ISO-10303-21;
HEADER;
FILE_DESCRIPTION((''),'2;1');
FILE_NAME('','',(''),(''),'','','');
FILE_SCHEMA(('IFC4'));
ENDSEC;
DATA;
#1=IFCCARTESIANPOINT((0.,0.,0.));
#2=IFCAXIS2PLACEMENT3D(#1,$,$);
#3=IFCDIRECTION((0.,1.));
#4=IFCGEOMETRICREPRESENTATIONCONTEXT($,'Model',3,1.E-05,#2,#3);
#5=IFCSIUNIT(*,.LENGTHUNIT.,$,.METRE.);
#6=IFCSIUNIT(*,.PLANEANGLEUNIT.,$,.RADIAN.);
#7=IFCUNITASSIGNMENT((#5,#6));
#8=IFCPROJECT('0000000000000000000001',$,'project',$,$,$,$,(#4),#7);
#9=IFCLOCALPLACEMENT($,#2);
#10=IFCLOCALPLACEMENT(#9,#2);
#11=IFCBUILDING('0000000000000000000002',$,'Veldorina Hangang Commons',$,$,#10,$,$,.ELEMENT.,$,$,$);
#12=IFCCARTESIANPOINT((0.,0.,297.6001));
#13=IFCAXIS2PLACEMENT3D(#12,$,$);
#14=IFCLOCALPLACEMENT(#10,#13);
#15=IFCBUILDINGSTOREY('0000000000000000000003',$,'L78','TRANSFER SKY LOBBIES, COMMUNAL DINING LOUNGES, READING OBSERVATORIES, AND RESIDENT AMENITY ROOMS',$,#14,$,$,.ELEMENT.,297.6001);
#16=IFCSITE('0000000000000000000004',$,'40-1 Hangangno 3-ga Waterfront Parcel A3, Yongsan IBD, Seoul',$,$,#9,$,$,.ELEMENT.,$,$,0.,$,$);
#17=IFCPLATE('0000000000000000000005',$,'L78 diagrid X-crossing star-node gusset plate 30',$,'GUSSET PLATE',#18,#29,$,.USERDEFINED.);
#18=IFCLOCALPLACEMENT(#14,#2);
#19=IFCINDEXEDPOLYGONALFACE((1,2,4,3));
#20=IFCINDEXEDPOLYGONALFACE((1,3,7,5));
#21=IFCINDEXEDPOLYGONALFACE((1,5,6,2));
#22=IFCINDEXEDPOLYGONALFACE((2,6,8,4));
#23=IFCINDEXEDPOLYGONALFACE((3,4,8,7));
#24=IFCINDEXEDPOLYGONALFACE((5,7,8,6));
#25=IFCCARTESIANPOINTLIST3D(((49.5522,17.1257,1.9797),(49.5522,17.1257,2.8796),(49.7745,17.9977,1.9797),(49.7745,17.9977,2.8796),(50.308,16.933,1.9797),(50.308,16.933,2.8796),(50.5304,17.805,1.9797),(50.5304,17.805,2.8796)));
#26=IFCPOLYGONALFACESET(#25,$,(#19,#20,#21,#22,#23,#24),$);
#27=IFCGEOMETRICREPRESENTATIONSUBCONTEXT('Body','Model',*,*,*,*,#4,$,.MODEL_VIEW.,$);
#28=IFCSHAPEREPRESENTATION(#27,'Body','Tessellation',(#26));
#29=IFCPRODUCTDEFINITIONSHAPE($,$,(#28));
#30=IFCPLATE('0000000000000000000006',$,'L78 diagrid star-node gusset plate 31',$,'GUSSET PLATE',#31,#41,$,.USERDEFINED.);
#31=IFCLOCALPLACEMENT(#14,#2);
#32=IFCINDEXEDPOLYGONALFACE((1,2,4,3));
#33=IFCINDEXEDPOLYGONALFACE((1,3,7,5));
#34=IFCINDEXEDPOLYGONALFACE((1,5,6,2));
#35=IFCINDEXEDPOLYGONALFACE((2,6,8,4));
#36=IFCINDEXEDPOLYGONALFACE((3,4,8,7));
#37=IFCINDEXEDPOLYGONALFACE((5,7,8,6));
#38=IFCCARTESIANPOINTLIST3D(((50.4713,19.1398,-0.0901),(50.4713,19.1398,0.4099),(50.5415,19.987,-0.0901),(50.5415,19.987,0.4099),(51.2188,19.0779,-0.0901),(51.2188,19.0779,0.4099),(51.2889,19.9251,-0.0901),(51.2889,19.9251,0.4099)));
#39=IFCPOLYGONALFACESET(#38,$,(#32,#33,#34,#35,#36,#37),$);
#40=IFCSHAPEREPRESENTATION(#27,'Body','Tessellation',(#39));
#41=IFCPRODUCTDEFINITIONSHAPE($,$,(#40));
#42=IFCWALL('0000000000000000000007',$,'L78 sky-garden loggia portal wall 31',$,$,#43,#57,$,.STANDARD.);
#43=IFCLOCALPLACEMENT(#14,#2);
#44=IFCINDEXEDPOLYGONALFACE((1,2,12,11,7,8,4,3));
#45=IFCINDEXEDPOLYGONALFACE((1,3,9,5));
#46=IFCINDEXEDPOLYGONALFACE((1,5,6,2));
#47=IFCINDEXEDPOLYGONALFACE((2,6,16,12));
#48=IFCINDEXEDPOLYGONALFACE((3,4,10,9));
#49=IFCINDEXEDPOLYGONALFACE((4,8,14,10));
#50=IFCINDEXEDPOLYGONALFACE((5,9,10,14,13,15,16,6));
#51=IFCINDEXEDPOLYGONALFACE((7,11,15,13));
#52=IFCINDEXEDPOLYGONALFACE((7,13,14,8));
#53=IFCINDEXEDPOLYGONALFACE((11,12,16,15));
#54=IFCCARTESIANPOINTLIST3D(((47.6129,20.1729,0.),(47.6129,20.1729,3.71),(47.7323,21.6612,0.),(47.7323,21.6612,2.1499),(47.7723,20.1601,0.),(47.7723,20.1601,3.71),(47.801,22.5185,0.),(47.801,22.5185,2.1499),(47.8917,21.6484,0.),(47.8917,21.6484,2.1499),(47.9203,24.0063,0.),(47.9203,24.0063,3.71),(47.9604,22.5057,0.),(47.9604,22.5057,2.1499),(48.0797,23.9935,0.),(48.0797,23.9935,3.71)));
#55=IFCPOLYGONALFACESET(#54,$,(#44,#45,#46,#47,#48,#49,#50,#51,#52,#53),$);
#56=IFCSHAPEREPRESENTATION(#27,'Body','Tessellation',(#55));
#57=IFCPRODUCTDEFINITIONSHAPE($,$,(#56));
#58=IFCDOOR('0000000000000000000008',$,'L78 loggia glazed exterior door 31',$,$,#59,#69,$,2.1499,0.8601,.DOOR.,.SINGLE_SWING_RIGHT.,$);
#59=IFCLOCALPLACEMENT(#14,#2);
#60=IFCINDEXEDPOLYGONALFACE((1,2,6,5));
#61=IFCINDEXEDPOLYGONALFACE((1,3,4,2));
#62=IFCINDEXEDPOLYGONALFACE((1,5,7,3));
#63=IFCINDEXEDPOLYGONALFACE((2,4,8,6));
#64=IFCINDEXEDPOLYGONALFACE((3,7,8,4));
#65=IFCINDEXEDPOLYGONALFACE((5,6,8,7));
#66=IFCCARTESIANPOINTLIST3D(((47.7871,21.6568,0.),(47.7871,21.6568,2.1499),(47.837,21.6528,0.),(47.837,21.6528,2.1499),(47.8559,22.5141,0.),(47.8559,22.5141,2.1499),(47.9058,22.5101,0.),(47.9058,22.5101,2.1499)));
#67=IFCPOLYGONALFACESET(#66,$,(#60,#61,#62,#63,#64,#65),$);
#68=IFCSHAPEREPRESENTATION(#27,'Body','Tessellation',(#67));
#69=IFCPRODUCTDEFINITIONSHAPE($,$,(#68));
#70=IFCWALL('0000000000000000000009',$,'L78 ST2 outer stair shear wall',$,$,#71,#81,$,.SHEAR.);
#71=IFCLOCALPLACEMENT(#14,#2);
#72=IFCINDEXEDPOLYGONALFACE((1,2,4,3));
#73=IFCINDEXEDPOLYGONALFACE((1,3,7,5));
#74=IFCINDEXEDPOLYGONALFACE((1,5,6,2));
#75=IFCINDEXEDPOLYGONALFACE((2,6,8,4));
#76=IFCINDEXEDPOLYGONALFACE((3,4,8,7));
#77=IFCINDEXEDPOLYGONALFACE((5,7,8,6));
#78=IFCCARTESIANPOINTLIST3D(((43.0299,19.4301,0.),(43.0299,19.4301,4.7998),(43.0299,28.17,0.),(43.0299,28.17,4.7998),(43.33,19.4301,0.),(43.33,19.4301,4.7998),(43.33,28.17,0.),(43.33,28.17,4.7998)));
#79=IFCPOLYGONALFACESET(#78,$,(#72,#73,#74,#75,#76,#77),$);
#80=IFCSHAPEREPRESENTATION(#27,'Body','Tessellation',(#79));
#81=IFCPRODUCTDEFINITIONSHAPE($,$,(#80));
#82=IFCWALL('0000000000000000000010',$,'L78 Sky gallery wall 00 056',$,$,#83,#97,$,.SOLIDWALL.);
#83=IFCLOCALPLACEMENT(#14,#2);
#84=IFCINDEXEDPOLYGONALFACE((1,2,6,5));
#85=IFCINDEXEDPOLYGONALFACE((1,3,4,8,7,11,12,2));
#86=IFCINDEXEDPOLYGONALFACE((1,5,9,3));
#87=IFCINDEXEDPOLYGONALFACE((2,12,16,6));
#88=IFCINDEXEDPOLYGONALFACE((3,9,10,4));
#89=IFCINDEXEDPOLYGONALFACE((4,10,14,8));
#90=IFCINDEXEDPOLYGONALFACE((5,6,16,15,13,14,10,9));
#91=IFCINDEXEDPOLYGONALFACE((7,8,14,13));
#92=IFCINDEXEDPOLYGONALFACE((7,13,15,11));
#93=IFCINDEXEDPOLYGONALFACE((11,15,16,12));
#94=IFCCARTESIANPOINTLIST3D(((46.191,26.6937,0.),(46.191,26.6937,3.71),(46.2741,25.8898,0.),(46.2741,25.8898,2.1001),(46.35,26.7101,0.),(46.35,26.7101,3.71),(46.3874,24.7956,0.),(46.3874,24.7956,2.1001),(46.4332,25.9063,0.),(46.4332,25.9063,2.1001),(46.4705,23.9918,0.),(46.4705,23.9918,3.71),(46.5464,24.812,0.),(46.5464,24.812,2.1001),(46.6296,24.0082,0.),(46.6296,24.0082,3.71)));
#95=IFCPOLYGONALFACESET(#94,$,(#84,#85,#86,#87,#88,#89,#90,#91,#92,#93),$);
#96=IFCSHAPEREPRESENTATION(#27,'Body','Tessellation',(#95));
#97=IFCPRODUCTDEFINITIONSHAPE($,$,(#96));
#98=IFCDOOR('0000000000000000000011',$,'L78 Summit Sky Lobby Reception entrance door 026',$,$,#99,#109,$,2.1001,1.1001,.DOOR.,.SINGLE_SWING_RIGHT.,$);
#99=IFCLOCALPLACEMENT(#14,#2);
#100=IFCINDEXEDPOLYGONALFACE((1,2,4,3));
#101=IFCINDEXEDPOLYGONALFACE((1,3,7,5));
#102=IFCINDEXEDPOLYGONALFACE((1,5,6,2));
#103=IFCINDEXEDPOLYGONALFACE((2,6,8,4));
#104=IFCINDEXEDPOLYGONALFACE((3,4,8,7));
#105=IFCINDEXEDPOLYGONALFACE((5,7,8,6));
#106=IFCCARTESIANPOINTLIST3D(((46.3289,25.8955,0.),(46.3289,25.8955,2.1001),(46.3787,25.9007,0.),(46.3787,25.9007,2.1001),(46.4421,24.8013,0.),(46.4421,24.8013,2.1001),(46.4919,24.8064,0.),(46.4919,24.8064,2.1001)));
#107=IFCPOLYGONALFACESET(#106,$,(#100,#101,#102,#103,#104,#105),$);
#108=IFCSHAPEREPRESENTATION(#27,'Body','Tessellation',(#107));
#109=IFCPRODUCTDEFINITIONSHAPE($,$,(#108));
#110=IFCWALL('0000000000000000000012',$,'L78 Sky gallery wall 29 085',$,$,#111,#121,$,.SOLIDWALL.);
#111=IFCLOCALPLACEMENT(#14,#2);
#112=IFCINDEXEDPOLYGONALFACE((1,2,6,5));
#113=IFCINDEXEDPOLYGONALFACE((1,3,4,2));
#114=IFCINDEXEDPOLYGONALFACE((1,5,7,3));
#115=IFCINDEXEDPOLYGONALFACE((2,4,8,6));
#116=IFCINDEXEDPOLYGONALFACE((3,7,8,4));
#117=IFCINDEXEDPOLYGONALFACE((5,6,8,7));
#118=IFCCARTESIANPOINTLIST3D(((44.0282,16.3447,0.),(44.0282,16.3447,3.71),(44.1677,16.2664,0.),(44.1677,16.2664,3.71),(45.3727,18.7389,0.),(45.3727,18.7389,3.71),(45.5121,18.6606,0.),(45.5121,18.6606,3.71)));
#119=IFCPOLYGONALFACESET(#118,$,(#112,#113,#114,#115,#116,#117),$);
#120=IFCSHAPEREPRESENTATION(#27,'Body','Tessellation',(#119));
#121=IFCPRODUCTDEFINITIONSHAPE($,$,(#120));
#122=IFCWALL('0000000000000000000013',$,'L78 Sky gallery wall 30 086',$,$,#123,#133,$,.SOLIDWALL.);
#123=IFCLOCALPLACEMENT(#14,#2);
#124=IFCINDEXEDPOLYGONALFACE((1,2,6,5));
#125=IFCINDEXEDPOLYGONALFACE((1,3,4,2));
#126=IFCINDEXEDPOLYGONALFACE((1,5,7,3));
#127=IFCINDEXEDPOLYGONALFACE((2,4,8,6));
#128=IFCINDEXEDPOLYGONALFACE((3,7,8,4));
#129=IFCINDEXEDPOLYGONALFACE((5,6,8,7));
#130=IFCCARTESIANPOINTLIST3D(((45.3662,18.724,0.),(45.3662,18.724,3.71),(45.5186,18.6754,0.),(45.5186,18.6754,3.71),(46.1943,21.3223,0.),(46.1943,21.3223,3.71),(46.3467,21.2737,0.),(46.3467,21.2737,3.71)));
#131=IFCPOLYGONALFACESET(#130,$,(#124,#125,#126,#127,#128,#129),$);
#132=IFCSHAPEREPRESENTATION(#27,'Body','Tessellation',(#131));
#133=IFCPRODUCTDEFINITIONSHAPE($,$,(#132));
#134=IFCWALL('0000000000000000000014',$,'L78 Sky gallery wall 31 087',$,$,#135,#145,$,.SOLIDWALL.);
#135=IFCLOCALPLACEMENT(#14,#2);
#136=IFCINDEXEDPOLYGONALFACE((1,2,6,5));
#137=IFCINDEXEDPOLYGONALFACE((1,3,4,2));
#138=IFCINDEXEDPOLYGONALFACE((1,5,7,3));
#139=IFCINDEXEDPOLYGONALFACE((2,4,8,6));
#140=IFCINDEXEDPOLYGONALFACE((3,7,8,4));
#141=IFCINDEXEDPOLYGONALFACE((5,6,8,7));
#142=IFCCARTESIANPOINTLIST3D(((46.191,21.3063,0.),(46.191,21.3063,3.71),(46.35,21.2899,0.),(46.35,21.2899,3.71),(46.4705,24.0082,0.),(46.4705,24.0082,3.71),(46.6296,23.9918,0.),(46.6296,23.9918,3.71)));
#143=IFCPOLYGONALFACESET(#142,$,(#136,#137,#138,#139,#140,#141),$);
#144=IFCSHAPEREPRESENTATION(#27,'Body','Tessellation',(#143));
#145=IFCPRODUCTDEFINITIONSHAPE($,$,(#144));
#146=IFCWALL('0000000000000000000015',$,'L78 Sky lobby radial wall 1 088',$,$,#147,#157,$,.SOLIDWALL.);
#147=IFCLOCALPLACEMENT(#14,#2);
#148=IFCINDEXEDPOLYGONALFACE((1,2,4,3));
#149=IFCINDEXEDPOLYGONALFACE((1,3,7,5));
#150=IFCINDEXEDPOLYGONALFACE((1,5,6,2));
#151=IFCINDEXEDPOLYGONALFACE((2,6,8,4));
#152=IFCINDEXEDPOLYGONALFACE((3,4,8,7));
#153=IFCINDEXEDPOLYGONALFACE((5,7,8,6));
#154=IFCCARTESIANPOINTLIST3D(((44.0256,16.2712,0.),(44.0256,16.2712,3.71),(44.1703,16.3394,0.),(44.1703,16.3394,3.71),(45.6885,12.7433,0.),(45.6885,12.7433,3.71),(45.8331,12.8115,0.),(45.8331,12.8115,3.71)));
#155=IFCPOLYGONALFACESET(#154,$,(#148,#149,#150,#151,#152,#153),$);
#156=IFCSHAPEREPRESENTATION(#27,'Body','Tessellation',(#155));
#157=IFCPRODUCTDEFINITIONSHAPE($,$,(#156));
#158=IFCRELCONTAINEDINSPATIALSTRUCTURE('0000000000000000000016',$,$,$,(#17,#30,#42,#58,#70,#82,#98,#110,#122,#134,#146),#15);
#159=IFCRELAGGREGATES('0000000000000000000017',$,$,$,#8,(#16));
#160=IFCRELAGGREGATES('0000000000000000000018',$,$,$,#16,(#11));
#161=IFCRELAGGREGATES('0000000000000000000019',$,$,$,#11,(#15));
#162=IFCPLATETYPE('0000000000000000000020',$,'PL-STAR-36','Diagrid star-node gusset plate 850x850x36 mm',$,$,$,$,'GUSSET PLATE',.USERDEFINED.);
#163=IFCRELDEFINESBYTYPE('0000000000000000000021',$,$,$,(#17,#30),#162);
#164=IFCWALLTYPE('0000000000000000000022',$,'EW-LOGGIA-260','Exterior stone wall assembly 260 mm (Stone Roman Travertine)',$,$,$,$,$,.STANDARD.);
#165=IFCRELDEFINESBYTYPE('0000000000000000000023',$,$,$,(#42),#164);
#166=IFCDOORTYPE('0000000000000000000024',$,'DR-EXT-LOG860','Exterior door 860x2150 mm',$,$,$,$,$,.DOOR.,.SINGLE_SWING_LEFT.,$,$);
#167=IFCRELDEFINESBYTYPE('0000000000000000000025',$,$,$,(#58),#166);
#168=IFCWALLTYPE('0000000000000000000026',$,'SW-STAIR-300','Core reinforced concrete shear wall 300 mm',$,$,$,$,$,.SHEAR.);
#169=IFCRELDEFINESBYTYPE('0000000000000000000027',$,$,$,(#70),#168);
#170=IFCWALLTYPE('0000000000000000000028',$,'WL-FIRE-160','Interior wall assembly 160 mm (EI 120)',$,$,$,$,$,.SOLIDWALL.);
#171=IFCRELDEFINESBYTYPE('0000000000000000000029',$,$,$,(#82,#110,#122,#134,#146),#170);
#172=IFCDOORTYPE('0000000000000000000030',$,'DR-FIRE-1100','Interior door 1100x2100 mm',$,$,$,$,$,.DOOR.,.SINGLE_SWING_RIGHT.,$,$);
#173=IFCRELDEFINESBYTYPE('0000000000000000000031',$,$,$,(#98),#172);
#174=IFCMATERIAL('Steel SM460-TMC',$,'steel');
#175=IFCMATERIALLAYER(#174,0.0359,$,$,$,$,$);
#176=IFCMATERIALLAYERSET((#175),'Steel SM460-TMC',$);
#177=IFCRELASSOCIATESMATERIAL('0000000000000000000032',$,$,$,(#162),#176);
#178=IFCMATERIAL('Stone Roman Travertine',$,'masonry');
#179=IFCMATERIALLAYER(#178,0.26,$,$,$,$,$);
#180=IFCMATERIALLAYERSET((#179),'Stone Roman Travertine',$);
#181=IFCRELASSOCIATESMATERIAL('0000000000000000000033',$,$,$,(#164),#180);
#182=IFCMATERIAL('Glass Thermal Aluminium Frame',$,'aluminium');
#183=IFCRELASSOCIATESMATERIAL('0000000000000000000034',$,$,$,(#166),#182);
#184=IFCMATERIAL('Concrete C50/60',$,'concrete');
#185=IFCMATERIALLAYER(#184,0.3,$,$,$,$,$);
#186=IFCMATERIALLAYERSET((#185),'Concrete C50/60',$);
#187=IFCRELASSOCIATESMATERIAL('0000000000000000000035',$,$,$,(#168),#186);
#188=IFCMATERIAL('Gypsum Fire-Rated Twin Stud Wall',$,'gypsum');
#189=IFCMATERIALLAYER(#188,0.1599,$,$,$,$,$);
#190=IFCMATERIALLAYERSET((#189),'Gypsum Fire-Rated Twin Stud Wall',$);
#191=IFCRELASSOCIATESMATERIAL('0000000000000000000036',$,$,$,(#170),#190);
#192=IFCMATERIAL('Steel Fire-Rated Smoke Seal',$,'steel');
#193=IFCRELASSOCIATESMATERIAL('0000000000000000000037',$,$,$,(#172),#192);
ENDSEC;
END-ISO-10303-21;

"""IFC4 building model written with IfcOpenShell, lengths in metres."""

from ifc_helpers import new_model, si_unit, direction, frame, frame_2d, origin, origin_2d, place, context, subcontext, project, spatial, rectangle, extrude, material, layer, layer_set, type_object, element, fill, save


model = new_model("IFC4")

# Units and contexts
model_context = context("Model", 3, precision=1e-05, world=origin(), true_north=direction((0.0, 1.0)))
body_context = subcontext(model_context, "Body", "Model", "MODEL_VIEW")
ifc_project = project(units=[si_unit("LENGTHUNIT", "METRE"), si_unit("PLANEANGLEUNIT", "RADIAN")], contexts=[model_context])

# Site, building, storey
site_placement = place(None, origin())
site = spatial("IfcSite", under=ifc_project, at=site_placement, Name="40-1 Hangangno 3-ga Waterfront Parcel A3, Yongsan IBD, Seoul", CompositionType="ELEMENT", RefElevation=0.0)
building_placement = place(site_placement, origin())
building = spatial("IfcBuilding", under=site, at=building_placement, Name="Veldorina Hangang Commons", CompositionType="ELEMENT")
storey_placement = place(building_placement, frame((0.0, 0.0, 297.6001)))
storey = spatial("IfcBuildingStorey", under=building, at=storey_placement, Name="L78", Description="TRANSFER SKY LOBBIES, COMMUNAL DINING LOUNGES, READING OBSERVATORIES, AND RESIDENT AMENITY ROOMS", CompositionType="ELEMENT", Elevation=297.6001)

# Shared definitions
ifc_material_1 = material(Name="Steel SM460-TMC", Category="steel")

# Plates
ifc_layer_1 = layer(ifc_material_1, 0.0359)
ifc_layer_set_1 = layer_set([ifc_layer_1], Name="Steel SM460-TMC")
plate_type_1 = type_object("IfcPlateType", Name="PL-STAR-36", Description="Diagrid star-node gusset plate 850x850x36 mm", ElementType="GUSSET PLATE", PredefinedType="USERDEFINED", material=ifc_layer_set_1)
plate_1_placement = place(storey_placement, frame((50.0413, 17.4653, 1.9797), z_axis=(0.0, 0.0, 1.0), x_axis=(0.247084, 0.968994, 0.0)))
element("IfcPlate", 1, at=plate_1_placement, inside=storey, type_object=plate_type_1, Name="L78 diagrid X-crossing star-node gusset plate 30", ObjectType="GUSSET PLATE", PredefinedType="USERDEFINED", context=body_context, shape_type="SweptSolid", body=[
    extrude(rectangle(XDim=0.8999, YDim=0.78, at=origin_2d()), origin(), (0.0, 0.0, 1.0), 0.8999),
])
plate_2_placement = place(storey_placement, frame((50.8801, 19.5325, -0.0901), z_axis=(0.0, 0.0, 1.0), x_axis=(0.082513, 0.99659, 0.0)))
element("IfcPlate", 2, at=plate_2_placement, inside=storey, type_object=plate_type_1, Name="L78 diagrid star-node gusset plate 31", ObjectType="GUSSET PLATE", PredefinedType="USERDEFINED", context=body_context, shape_type="SweptSolid", body=[
    extrude(rectangle(XDim=0.8501, YDim=0.75, at=origin_2d()), origin(), (0.0, 0.0, 1.0), 0.5),
])

# Wall, opening, door
ifc_material_2 = material(Name="Stone Roman Travertine", Category="masonry")
ifc_layer_2 = layer(ifc_material_2, 0.26)
ifc_layer_set_2 = layer_set([ifc_layer_2], Name="Stone Roman Travertine")
wall_type_1 = type_object("IfcWallType", Name="EW-LOGGIA-260", Description="Exterior stone wall assembly 260 mm (Stone Roman Travertine)", PredefinedType="STANDARD", material=ifc_layer_set_2)
wall_1_placement = place(storey_placement, frame((47.6926, 20.1665, 0.0), z_axis=(0.0, 0.0, 1.0), x_axis=(0.079924, 0.996801, 0.0)))
wall_1 = element("IfcWall", 3, at=wall_1_placement, inside=storey, type_object=wall_type_1, Name="L78 sky-garden loggia portal wall 31", PredefinedType="STANDARD", context=body_context, shape_type="SweptSolid", body=[
    extrude(rectangle(XDim=3.8457, YDim=0.1599, at=frame_2d((1.9229, 0.0))), origin(), (0.0, 0.0, 1.0), 3.71),
])
opening_1_placement = place(wall_1_placement, frame((1.4929, 0.0, 0.0)))
opening_1 = element("IfcOpeningElement", 4, at=opening_1_placement, cuts=wall_1, PredefinedType="OPENING", context=body_context, shape_type="SweptSolid", body=[
    extrude(rectangle(XDim=0.8601, YDim=2.1499, at=frame_2d((0.4302, 1.075))), frame((0.0, 0.0898, 0.0), z_axis=(0.0, -1.0, 0.0), x_axis=(1.0, 0.0, 0.0)), (0.0, 0.0, 1.0), 0.1799),
])
ifc_material_3 = material(Name="Glass Thermal Aluminium Frame", Category="aluminium")
door_type_1 = type_object("IfcDoorType", Name="DR-EXT-LOG860", Description="Exterior door 860x2150 mm", OperationType="SINGLE_SWING_LEFT", PredefinedType="DOOR", material=ifc_material_3)
door_1_placement = place(opening_1_placement, origin())
door_1 = element("IfcDoor", 5, at=door_1_placement, inside=storey, type_object=door_type_1, Name="L78 loggia glazed exterior door 31", OperationType="SINGLE_SWING_RIGHT", OverallHeight=2.1499, OverallWidth=0.8601, PredefinedType="DOOR", context=body_context, shape_type="SweptSolid", body=[
    extrude(rectangle(XDim=0.8601, YDim=2.1499, at=frame_2d((0.4302, 1.075))), frame((0.0, 0.0249, 0.0), z_axis=(0.0, -1.0, 0.0), x_axis=(1.0, 0.0, 0.0)), (0.0, 0.0, 1.0), 0.05),
])
fill(opening_1, door_1)

# Wall
ifc_material_4 = material(Name="Concrete C50/60", Category="concrete")
ifc_layer_3 = layer(ifc_material_4, 0.3)
ifc_layer_set_3 = layer_set([ifc_layer_3], Name="Concrete C50/60")
wall_type_2 = type_object("IfcWallType", Name="SW-STAIR-300", Description="Core reinforced concrete shear wall 300 mm", PredefinedType="SHEAR", material=ifc_layer_set_3)
wall_2_placement = place(storey_placement, frame((43.1799, 19.4299, 0.0), z_axis=(0.0, 0.0, 1.0), x_axis=(0.0, 1.0, 0.0)))
element("IfcWall", 6, at=wall_2_placement, inside=storey, type_object=wall_type_2, Name="L78 ST2 outer stair shear wall", PredefinedType="SHEAR", context=body_context, shape_type="SweptSolid", body=[
    extrude(rectangle(XDim=8.74, YDim=0.3, at=frame_2d((4.3701, 0.0))), origin(), (0.0, 0.0, 1.0), 4.7998),
])

# Wall, opening, door
ifc_material_5 = material(Name="Gypsum Fire-Rated Twin Stud Wall", Category="gypsum")
ifc_layer_4 = layer(ifc_material_5, 0.1599)
ifc_layer_set_4 = layer_set([ifc_layer_4], Name="Gypsum Fire-Rated Twin Stud Wall")
wall_type_3 = type_object("IfcWallType", Name="WL-FIRE-160", Description="Interior wall assembly 160 mm (EI 120)", PredefinedType="SOLIDWALL", material=ifc_layer_set_4)
wall_3_placement = place(storey_placement, frame((46.55, 24.0, 0.0), z_axis=(0.0, 0.0, 1.0), x_axis=(-0.102911, 0.994691, 0.0)))
wall_3 = element("IfcWall", 7, at=wall_3_placement, inside=storey, type_object=wall_type_3, Name="L78 Sky gallery wall 00 056", PredefinedType="SOLIDWALL", context=body_context, shape_type="SweptSolid", body=[
    extrude(rectangle(XDim=2.7163, YDim=0.1599, at=frame_2d((1.3582, 0.0))), origin(), (0.0, 0.0, 1.0), 3.71),
])
opening_2_placement = place(wall_3_placement, frame((0.8081, 0.0, 0.0)))
opening_2 = element("IfcOpeningElement", 8, at=opening_2_placement, cuts=wall_3, PredefinedType="OPENING", context=body_context, shape_type="SweptSolid", body=[
    extrude(rectangle(XDim=1.1001, YDim=2.1001, at=frame_2d((0.55, 1.05))), frame((0.0, 0.0898, 0.0), z_axis=(0.0, -1.0, 0.0), x_axis=(1.0, 0.0, 0.0)), (0.0, 0.0, 1.0), 0.1799),
])
ifc_material_6 = material(Name="Steel Fire-Rated Smoke Seal", Category="steel")
door_type_2 = type_object("IfcDoorType", Name="DR-FIRE-1100", Description="Interior door 1100x2100 mm", OperationType="SINGLE_SWING_RIGHT", PredefinedType="DOOR", material=ifc_material_6)
door_2_placement = place(opening_2_placement, origin())
door_2 = element("IfcDoor", 9, at=door_2_placement, inside=storey, type_object=door_type_2, Name="L78 Summit Sky Lobby Reception entrance door 026", OperationType="SINGLE_SWING_RIGHT", OverallHeight=2.1001, OverallWidth=1.1001, PredefinedType="DOOR", context=body_context, shape_type="SweptSolid", body=[
    extrude(rectangle(XDim=1.1001, YDim=2.1001, at=frame_2d((0.55, 1.05))), frame((0.0, 0.0249, 0.0), z_axis=(0.0, -1.0, 0.0), x_axis=(1.0, 0.0, 0.0)), (0.0, 0.0, 1.0), 0.05),
])
fill(opening_2, door_2)

# Walls
wall_4_placement = place(storey_placement, frame((44.0979, 16.3054, 0.0), z_axis=(0.0, 0.0, 1.0), x_axis=(0.489624, 0.871934, 0.0)))
element("IfcWall", 10, at=wall_4_placement, inside=storey, type_object=wall_type_3, Name="L78 Sky gallery wall 29 085", PredefinedType="SOLIDWALL", context=body_context, shape_type="SweptSolid", body=[
    extrude(rectangle(XDim=2.7458, YDim=0.1599, at=frame_2d((1.373, 0.0))), origin(), (0.0, 0.0, 1.0), 3.71),
])
wall_5_placement = place(storey_placement, frame((45.4424, 18.6997, 0.0), z_axis=(0.0, 0.0, 1.0), x_axis=(0.303658, 0.952781, 0.0)))
element("IfcWall", 11, at=wall_5_placement, inside=storey, type_object=wall_type_3, Name="L78 Sky gallery wall 30 086", PredefinedType="SOLIDWALL", context=body_context, shape_type="SweptSolid", body=[
    extrude(rectangle(XDim=2.7271, YDim=0.1599, at=frame_2d((1.3635, 0.0))), origin(), (0.0, 0.0, 1.0), 3.71),
])
wall_6_placement = place(storey_placement, frame((46.2705, 21.2981, 0.0), z_axis=(0.0, 0.0, 1.0), x_axis=(0.102911, 0.994691, 0.0)))
element("IfcWall", 12, at=wall_6_placement, inside=storey, type_object=wall_type_3, Name="L78 Sky gallery wall 31 087", PredefinedType="SOLIDWALL", context=body_context, shape_type="SweptSolid", body=[
    extrude(rectangle(XDim=2.7163, YDim=0.1599, at=frame_2d((1.3582, 0.0))), origin(), (0.0, 0.0, 1.0), 3.71),
])
wall_7_placement = place(storey_placement, frame((44.0979, 16.3054, 0.0), z_axis=(0.0, 0.0, 1.0), x_axis=(0.426361, -0.904553, 0.0)))
element("IfcWall", 13, at=wall_7_placement, inside=storey, type_object=wall_type_3, Name="L78 Sky lobby radial wall 1 088", PredefinedType="SOLIDWALL", context=body_context, shape_type="SweptSolid", body=[
    extrude(rectangle(XDim=3.9001, YDim=0.1599, at=frame_2d((1.9502, 0.0))), origin(), (0.0, 0.0, 1.0), 3.71),
])

save(model, "model.ifc")
